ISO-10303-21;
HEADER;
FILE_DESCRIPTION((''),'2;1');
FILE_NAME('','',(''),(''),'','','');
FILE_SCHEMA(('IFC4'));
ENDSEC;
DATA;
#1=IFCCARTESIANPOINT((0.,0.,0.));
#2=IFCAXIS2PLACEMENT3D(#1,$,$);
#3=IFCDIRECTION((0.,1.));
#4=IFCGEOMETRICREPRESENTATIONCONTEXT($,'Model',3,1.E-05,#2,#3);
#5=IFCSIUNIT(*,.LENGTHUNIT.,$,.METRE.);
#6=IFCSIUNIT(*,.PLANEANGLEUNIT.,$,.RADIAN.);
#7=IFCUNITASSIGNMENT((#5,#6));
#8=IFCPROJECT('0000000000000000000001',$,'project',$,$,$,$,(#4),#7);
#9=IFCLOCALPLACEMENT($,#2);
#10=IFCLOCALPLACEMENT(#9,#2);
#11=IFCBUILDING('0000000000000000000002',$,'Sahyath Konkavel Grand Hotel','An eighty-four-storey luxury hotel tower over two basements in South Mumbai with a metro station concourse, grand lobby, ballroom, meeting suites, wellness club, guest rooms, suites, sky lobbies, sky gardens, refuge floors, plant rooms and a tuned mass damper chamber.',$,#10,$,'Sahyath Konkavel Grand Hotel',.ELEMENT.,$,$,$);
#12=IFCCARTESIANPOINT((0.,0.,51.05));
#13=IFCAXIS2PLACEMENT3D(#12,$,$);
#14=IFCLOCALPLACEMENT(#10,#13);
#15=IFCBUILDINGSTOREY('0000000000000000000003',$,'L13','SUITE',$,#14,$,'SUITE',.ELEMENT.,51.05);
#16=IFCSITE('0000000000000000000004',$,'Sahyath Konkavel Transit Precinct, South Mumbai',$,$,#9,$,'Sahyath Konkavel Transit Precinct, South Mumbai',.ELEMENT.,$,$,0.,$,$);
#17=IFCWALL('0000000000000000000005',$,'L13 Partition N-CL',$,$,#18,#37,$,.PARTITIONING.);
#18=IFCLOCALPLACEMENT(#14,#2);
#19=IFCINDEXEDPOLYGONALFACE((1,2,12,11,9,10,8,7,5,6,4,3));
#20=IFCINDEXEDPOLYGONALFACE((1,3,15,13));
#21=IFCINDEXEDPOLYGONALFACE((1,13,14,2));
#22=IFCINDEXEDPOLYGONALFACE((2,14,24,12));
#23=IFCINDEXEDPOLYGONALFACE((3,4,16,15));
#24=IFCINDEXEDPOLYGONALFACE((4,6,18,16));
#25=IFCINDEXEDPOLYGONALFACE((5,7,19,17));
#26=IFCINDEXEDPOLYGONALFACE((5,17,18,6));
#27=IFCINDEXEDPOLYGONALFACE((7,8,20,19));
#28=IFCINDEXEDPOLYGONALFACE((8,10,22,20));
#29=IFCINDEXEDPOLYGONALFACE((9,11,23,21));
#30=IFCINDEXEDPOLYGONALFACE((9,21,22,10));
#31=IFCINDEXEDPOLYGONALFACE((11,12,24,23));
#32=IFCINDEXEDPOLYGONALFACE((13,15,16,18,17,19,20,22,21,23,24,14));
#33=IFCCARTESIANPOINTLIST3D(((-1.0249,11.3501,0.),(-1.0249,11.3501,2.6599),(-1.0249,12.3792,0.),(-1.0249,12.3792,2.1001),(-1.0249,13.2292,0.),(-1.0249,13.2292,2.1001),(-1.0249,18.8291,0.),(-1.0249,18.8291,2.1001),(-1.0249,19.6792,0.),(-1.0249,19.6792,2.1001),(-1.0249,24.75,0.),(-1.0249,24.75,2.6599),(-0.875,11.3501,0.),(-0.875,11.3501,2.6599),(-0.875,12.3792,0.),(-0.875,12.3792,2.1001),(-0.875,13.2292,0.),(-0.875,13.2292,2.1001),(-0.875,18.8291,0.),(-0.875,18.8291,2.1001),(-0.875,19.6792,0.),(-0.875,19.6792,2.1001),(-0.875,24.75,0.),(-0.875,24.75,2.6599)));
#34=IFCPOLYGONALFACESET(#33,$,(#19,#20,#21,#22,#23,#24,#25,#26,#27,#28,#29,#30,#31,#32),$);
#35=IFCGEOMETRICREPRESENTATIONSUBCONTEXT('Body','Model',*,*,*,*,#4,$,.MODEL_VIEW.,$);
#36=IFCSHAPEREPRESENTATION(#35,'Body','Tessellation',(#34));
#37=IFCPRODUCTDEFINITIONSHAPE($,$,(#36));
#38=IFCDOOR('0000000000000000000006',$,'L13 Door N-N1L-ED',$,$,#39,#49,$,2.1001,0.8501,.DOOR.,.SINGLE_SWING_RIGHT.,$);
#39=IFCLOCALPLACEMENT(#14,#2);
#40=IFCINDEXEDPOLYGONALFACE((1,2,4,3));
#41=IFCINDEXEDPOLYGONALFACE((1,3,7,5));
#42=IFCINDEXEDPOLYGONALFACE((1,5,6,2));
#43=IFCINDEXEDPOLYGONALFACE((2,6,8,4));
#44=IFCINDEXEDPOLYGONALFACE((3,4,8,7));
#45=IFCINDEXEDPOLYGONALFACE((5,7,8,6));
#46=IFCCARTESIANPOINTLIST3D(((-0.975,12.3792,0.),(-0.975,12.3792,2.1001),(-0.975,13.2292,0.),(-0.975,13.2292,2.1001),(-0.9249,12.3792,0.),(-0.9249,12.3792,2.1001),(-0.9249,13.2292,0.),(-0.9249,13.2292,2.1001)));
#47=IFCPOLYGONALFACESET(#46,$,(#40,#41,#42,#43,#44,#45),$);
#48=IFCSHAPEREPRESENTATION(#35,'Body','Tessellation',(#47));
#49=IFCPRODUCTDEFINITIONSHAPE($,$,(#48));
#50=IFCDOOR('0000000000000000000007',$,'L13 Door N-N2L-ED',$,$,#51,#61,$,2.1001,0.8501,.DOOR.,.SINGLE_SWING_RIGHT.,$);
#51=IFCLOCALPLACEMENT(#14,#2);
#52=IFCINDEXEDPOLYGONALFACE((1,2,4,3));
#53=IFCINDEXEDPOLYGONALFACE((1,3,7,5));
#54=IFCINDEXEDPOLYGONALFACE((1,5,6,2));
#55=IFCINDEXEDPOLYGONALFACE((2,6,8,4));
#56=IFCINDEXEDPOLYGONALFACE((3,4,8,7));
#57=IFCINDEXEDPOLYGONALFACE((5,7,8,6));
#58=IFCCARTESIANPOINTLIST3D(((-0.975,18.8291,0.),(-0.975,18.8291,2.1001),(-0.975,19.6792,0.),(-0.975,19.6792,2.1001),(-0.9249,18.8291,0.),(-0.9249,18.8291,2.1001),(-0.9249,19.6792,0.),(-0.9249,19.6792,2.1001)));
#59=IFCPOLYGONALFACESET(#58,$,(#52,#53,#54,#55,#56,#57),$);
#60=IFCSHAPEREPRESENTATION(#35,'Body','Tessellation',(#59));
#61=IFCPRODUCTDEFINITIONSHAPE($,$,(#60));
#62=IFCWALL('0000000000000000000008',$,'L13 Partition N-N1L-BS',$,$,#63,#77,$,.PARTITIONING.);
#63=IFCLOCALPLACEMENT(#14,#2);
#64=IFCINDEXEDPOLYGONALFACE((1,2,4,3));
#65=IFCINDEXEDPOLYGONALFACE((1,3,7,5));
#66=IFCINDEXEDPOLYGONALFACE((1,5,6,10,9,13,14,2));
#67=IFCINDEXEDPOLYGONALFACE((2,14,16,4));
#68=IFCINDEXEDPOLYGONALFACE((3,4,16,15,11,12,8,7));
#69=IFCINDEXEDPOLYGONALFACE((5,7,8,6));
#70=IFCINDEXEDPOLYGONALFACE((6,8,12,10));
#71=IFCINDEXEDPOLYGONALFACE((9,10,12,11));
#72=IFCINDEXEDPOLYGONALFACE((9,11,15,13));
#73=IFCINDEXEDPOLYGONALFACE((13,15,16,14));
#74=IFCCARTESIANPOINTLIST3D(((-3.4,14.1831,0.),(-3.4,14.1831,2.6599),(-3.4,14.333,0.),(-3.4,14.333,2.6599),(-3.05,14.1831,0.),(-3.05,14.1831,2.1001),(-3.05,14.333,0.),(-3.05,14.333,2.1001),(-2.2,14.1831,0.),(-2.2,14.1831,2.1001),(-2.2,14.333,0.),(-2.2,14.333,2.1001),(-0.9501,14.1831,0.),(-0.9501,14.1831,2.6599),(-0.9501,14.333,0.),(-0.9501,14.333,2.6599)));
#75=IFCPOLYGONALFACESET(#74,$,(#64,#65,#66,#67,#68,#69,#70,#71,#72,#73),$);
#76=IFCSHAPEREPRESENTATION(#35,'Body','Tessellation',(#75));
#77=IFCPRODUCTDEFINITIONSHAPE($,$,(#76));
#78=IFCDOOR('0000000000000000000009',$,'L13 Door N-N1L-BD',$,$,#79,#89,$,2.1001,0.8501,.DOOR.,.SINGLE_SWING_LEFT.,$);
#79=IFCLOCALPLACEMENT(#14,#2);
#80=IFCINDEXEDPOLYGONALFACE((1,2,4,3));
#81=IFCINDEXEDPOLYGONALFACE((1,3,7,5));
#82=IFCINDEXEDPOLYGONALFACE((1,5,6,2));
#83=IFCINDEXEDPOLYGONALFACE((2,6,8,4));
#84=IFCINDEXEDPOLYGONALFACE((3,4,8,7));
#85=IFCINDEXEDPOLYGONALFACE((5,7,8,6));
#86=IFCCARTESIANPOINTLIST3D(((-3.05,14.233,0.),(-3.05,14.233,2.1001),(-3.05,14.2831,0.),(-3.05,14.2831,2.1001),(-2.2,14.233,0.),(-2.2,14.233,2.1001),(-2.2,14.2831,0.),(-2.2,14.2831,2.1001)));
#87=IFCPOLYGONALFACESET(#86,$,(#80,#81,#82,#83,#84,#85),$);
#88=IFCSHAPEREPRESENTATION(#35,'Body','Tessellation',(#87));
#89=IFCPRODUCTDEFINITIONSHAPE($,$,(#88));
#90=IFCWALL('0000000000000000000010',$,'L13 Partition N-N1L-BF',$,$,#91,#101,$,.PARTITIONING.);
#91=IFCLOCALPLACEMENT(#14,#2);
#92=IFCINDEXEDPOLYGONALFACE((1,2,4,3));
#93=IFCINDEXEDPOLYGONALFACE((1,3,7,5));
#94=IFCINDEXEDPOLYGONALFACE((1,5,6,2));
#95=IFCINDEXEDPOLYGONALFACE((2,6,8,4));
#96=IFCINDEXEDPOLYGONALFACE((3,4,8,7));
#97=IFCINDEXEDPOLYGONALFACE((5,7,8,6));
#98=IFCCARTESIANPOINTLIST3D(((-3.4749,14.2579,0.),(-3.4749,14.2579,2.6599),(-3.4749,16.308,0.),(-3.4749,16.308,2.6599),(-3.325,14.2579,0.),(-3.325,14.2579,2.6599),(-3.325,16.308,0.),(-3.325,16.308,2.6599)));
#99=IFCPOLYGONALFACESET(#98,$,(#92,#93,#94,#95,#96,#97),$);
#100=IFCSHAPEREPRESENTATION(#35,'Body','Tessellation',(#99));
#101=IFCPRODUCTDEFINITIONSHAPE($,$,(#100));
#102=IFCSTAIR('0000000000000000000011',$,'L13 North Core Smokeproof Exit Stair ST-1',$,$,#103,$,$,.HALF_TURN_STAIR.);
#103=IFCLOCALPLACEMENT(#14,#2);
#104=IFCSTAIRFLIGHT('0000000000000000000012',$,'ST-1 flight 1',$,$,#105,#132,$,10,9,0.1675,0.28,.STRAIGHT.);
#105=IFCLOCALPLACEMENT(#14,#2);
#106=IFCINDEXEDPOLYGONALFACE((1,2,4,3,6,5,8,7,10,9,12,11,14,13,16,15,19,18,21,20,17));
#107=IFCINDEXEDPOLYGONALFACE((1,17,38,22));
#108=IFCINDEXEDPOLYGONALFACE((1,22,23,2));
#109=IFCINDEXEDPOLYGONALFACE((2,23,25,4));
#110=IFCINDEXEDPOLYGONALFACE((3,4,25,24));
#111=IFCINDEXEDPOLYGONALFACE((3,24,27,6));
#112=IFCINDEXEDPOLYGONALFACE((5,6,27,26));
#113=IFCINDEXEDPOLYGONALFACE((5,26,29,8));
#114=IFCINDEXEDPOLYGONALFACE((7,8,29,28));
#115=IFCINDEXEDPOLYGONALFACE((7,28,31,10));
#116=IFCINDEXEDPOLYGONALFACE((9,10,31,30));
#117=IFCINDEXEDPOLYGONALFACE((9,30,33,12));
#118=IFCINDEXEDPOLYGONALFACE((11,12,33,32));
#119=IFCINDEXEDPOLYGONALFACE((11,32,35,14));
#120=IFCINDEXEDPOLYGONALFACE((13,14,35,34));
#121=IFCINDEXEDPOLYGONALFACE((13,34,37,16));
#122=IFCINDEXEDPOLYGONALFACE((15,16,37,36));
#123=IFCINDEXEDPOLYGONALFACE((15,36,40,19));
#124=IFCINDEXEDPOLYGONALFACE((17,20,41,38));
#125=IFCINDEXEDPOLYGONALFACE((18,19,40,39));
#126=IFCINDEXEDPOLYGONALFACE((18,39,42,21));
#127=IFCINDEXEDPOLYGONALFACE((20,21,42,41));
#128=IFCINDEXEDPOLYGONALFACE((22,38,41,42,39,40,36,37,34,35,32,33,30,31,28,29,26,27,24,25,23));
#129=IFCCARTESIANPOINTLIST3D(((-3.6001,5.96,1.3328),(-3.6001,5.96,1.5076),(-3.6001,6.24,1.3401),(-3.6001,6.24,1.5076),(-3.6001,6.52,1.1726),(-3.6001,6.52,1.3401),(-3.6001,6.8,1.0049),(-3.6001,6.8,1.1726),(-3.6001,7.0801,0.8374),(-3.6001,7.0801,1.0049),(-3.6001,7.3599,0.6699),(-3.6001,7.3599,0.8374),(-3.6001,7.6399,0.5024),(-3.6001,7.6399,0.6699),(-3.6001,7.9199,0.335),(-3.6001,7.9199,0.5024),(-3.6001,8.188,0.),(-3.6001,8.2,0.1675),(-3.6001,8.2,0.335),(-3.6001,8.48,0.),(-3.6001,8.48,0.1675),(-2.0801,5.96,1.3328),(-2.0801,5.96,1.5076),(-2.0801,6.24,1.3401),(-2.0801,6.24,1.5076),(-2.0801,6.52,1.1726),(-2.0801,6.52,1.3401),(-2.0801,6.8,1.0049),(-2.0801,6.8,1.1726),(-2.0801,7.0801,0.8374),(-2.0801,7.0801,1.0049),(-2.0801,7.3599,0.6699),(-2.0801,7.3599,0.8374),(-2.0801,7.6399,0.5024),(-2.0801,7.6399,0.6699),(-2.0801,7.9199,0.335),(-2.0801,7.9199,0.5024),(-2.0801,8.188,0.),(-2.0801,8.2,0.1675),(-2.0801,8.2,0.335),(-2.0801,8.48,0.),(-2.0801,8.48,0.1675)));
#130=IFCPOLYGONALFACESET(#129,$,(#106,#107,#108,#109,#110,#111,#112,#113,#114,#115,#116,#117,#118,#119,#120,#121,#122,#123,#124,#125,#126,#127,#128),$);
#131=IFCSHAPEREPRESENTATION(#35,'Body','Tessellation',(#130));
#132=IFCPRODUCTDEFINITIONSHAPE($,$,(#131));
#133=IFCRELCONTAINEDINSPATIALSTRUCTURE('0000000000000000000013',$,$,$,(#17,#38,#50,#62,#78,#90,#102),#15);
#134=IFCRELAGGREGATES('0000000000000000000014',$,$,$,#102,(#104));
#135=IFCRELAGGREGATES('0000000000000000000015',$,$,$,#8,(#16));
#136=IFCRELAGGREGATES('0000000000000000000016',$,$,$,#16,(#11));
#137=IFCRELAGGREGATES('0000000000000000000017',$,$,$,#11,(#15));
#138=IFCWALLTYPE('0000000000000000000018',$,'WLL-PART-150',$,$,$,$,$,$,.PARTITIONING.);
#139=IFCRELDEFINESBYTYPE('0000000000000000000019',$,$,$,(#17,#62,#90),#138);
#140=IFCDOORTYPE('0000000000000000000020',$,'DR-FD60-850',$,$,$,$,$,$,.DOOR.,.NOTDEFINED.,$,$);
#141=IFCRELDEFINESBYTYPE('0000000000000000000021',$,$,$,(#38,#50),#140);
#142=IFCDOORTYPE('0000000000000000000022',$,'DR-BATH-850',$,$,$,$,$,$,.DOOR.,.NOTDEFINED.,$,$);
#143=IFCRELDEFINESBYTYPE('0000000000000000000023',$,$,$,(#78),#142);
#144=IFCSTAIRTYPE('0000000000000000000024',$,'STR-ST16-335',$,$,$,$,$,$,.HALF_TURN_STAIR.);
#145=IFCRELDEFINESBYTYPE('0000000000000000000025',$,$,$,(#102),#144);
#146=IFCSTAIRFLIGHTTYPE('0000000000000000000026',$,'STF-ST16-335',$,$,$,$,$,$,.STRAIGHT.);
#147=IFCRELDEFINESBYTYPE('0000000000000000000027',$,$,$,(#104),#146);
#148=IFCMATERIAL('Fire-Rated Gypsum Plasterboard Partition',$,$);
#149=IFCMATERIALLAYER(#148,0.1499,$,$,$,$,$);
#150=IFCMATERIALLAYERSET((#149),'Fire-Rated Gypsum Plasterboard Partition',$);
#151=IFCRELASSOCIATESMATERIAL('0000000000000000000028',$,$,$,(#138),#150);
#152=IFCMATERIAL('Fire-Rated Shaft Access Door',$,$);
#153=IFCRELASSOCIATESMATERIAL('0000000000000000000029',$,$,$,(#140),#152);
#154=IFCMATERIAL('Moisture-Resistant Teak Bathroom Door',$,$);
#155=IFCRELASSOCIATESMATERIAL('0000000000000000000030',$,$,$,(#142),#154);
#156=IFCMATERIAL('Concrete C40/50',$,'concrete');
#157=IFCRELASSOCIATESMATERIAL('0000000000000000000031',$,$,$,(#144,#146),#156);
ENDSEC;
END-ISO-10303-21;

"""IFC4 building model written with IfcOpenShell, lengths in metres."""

from ifc_helpers import new_model, si_unit, direction, frame, frame_2d, origin, origin_2d, place, context, subcontext, project, spatial, polyline, rectangle, outline, extrude, source, transform, mapped, material, layer, layer_set, type_object, element, fill, aggregate, save


model = new_model("IFC4")

# Units and contexts
model_context = context("Model", 3, precision=1e-05, world=origin(), true_north=direction((0.0, 1.0)))
body_context = subcontext(model_context, "Body", "Model", "MODEL_VIEW")
ifc_project = project(units=[si_unit("LENGTHUNIT", "METRE"), si_unit("PLANEANGLEUNIT", "RADIAN")], contexts=[model_context])

# Site, building, storey
site_placement = place(None, origin())
site = spatial("IfcSite", under=ifc_project, at=site_placement, Name="Sahyath Konkavel Transit Precinct, South Mumbai", LongName="Sahyath Konkavel Transit Precinct, South Mumbai", CompositionType="ELEMENT", RefElevation=0.0)
building_placement = place(site_placement, origin())
building = spatial("IfcBuilding", under=site, at=building_placement, Name="Sahyath Konkavel Grand Hotel", Description="An eighty-four-storey luxury hotel tower over two basements in South Mumbai with a metro station concourse, grand lobby, ballroom, meeting suites, wellness club, guest rooms, suites, sky lobbies, sky gardens, refuge floors, plant rooms and a tuned mass damper chamber.", LongName="Sahyath Konkavel Grand Hotel", CompositionType="ELEMENT")
storey_placement = place(building_placement, frame((0.0, 0.0, 51.05)))
storey = spatial("IfcBuildingStorey", under=building, at=storey_placement, Name="L13", Description="SUITE", LongName="SUITE", CompositionType="ELEMENT", Elevation=51.05)

# Wall, openings, doors
ifc_material_1 = material(Name="Fire-Rated Gypsum Plasterboard Partition")
ifc_layer_1 = layer(ifc_material_1, 0.1499)
ifc_layer_set_1 = layer_set([ifc_layer_1], Name="Fire-Rated Gypsum Plasterboard Partition")
wall_type_1 = type_object("IfcWallType", Name="WLL-PART-150", PredefinedType="PARTITIONING", material=ifc_layer_set_1)
wall_1_placement = place(storey_placement, frame((-0.95, 11.3501, 0.0), z_axis=(0.0, 0.0, 1.0), x_axis=(0.0, 1.0, 0.0)))
wall_1 = element("IfcWall", 1, at=wall_1_placement, inside=storey, type_object=wall_type_1, Name="L13 Partition N-CL", PredefinedType="PARTITIONING", context=body_context, shape_type="SweptSolid", body=[
    extrude(rectangle(XDim=13.3999, YDim=0.1499, at=frame_2d((6.7, 0.0))), origin(), (0.0, 0.0, 1.0), 2.6599),
])
opening_1_placement = place(wall_1_placement, frame((1.0291, 0.0, 0.0)))
opening_1 = element("IfcOpeningElement", 2, at=opening_1_placement, cuts=wall_1, PredefinedType="OPENING", context=body_context, shape_type="SweptSolid", body=[
    extrude(rectangle(XDim=0.8501, YDim=2.1001, at=frame_2d((0.425, 1.05))), frame((0.0, 0.085, 0.0), z_axis=(0.0, -1.0, 0.0), x_axis=(1.0, 0.0, 0.0)), (0.0, 0.0, 1.0), 0.1699),
])
opening_2_placement = place(wall_1_placement, frame((7.479, 0.0, 0.0)))
opening_2 = element("IfcOpeningElement", 3, at=opening_2_placement, cuts=wall_1, PredefinedType="OPENING", context=body_context, shape_type="SweptSolid", body=[
    extrude(rectangle(XDim=0.8501, YDim=2.1001, at=frame_2d((0.425, 1.05))), frame((0.0, 0.085, 0.0), z_axis=(0.0, -1.0, 0.0), x_axis=(1.0, 0.0, 0.0)), (0.0, 0.0, 1.0), 0.1699),
])
ifc_material_2 = material(Name="Fire-Rated Shaft Access Door")
door_type_1 = type_object("IfcDoorType", Name="DR-FD60-850", OperationType="NOTDEFINED", PredefinedType="DOOR", material=ifc_material_2)
shared_shape_1 = source(origin(), body_context, "Body", "SweptSolid", [
    extrude(rectangle(XDim=0.8501, YDim=0.05, at=origin_2d()), origin(), (0.0, 0.0, 1.0), 2.1001),
])
door_1_placement = place(opening_1_placement, frame((0.425, 0.0, 0.0)))
door_1 = element("IfcDoor", 4, at=door_1_placement, inside=storey, type_object=door_type_1, Name="L13 Door N-N1L-ED", OperationType="SINGLE_SWING_RIGHT", OverallHeight=2.1001, OverallWidth=0.8501, PredefinedType="DOOR", context=body_context, shape_type="MappedRepresentation", body=[
    mapped(shared_shape_1, transform((0.0, 0.0, 0.0), scale=1.0)),
])
fill(opening_1, door_1)
door_2_placement = place(opening_2_placement, frame((0.425, 0.0, 0.0)))
door_2 = element("IfcDoor", 5, at=door_2_placement, inside=storey, type_object=door_type_1, Name="L13 Door N-N2L-ED", OperationType="SINGLE_SWING_RIGHT", OverallHeight=2.1001, OverallWidth=0.8501, PredefinedType="DOOR", context=body_context, shape_type="MappedRepresentation", body=[
    mapped(shared_shape_1, transform((0.0, 0.0, 0.0), scale=1.0)),
])
fill(opening_2, door_2)

# Wall, opening, door
wall_2_placement = place(storey_placement, frame((-0.95, 14.2581, 0.0), z_axis=(0.0, 0.0, 1.0), x_axis=(-1.0, 0.0, 0.0)))
wall_2 = element("IfcWall", 6, at=wall_2_placement, inside=storey, type_object=wall_type_1, Name="L13 Partition N-N1L-BS", PredefinedType="PARTITIONING", context=body_context, shape_type="SweptSolid", body=[
    extrude(rectangle(XDim=2.45, YDim=0.1499, at=frame_2d((1.2251, 0.0))), origin(), (0.0, 0.0, 1.0), 2.6599),
])
opening_3_placement = place(wall_2_placement, frame((1.25, 0.0, 0.0)))
opening_3 = element("IfcOpeningElement", 7, at=opening_3_placement, cuts=wall_2, PredefinedType="OPENING", context=body_context, shape_type="SweptSolid", body=[
    extrude(rectangle(XDim=0.8501, YDim=2.1001, at=frame_2d((0.425, 1.05))), frame((0.0, 0.085, 0.0), z_axis=(0.0, -1.0, 0.0), x_axis=(1.0, 0.0, 0.0)), (0.0, 0.0, 1.0), 0.1699),
])
ifc_material_3 = material(Name="Moisture-Resistant Teak Bathroom Door")
door_type_2 = type_object("IfcDoorType", Name="DR-BATH-850", OperationType="NOTDEFINED", PredefinedType="DOOR", material=ifc_material_3)
door_3_placement = place(opening_3_placement, frame((0.425, 0.0, 0.0)))
door_3 = element("IfcDoor", 8, at=door_3_placement, inside=storey, type_object=door_type_2, Name="L13 Door N-N1L-BD", OperationType="SINGLE_SWING_LEFT", OverallHeight=2.1001, OverallWidth=0.8501, PredefinedType="DOOR", context=body_context, shape_type="MappedRepresentation", body=[
    mapped(shared_shape_1, transform((0.0, 0.0, 0.0), scale=1.0)),
])
fill(opening_3, door_3)

# Wall
wall_3_placement = place(storey_placement, frame((-3.3999, 14.2581, 0.0), z_axis=(0.0, 0.0, 1.0), x_axis=(0.0, 1.0, 0.0)))
element("IfcWall", 9, at=wall_3_placement, inside=storey, type_object=wall_type_1, Name="L13 Partition N-N1L-BF", PredefinedType="PARTITIONING", context=body_context, shape_type="SweptSolid", body=[
    extrude(rectangle(XDim=2.05, YDim=0.1499, at=frame_2d((1.0249, 0.0))), origin(), (0.0, 0.0, 1.0), 2.6599),
])

# Stair, stair flight
ifc_material_4 = material(Name="Concrete C40/50", Category="concrete")
stair_type = type_object("IfcStairType", Name="STR-ST16-335", PredefinedType="HALF_TURN_STAIR", material=ifc_material_4)
stair_placement = place(storey_placement, origin())
stair = element("IfcStair", 10, at=stair_placement, inside=storey, type_object=stair_type, Name="L13 North Core Smokeproof Exit Stair ST-1", PredefinedType="HALF_TURN_STAIR")
stair_flight_type = type_object("IfcStairFlightType", Name="STF-ST16-335", PredefinedType="STRAIGHT", material=ifc_material_4)
stair_flight_placement = place(storey_placement, frame((-2.8401, 8.48, 0.0), z_axis=(0.0, 0.0, 1.0), x_axis=(0.0, -1.0, 0.0)))
stair_flight = element("IfcStairFlight", 11, at=stair_flight_placement, type_object=stair_flight_type, Name="ST-1 flight 1", NumberOfRisers=10, NumberOfTreads=9, PredefinedType="STRAIGHT", RiserHeight=0.1675, TreadLength=0.28, context=body_context, shape_type="SweptSolid", body=[
    extrude(outline(polyline([(0.0, 0.0), (0.0, 0.1675), (0.28, 0.1675), (0.28, 0.335), (0.5601, 0.335), (0.5601, 0.5024), (0.8401, 0.5024), (0.8401, 0.6699), (1.1201, 0.6699), (1.1201, 0.8374), (1.3999, 0.8374), (1.3999, 1.0049), (1.6799, 1.0049), (1.6799, 1.1726), (1.96, 1.1726), (1.96, 1.3401), (2.24, 1.3401), (2.24, 1.5076), (2.52, 1.5076), (2.52, 1.675), (2.52, 1.3328), (0.292, 0.0), (0.0, 0.0)])), frame((0.0, 0.76, 0.0), z_axis=(0.0, -1.0, 0.0), x_axis=(1.0, 0.0, 0.0)), (0.0, 0.0, 1.0), 1.52),
])
aggregate(stair, [stair_flight])

save(model, "model.ifc")
